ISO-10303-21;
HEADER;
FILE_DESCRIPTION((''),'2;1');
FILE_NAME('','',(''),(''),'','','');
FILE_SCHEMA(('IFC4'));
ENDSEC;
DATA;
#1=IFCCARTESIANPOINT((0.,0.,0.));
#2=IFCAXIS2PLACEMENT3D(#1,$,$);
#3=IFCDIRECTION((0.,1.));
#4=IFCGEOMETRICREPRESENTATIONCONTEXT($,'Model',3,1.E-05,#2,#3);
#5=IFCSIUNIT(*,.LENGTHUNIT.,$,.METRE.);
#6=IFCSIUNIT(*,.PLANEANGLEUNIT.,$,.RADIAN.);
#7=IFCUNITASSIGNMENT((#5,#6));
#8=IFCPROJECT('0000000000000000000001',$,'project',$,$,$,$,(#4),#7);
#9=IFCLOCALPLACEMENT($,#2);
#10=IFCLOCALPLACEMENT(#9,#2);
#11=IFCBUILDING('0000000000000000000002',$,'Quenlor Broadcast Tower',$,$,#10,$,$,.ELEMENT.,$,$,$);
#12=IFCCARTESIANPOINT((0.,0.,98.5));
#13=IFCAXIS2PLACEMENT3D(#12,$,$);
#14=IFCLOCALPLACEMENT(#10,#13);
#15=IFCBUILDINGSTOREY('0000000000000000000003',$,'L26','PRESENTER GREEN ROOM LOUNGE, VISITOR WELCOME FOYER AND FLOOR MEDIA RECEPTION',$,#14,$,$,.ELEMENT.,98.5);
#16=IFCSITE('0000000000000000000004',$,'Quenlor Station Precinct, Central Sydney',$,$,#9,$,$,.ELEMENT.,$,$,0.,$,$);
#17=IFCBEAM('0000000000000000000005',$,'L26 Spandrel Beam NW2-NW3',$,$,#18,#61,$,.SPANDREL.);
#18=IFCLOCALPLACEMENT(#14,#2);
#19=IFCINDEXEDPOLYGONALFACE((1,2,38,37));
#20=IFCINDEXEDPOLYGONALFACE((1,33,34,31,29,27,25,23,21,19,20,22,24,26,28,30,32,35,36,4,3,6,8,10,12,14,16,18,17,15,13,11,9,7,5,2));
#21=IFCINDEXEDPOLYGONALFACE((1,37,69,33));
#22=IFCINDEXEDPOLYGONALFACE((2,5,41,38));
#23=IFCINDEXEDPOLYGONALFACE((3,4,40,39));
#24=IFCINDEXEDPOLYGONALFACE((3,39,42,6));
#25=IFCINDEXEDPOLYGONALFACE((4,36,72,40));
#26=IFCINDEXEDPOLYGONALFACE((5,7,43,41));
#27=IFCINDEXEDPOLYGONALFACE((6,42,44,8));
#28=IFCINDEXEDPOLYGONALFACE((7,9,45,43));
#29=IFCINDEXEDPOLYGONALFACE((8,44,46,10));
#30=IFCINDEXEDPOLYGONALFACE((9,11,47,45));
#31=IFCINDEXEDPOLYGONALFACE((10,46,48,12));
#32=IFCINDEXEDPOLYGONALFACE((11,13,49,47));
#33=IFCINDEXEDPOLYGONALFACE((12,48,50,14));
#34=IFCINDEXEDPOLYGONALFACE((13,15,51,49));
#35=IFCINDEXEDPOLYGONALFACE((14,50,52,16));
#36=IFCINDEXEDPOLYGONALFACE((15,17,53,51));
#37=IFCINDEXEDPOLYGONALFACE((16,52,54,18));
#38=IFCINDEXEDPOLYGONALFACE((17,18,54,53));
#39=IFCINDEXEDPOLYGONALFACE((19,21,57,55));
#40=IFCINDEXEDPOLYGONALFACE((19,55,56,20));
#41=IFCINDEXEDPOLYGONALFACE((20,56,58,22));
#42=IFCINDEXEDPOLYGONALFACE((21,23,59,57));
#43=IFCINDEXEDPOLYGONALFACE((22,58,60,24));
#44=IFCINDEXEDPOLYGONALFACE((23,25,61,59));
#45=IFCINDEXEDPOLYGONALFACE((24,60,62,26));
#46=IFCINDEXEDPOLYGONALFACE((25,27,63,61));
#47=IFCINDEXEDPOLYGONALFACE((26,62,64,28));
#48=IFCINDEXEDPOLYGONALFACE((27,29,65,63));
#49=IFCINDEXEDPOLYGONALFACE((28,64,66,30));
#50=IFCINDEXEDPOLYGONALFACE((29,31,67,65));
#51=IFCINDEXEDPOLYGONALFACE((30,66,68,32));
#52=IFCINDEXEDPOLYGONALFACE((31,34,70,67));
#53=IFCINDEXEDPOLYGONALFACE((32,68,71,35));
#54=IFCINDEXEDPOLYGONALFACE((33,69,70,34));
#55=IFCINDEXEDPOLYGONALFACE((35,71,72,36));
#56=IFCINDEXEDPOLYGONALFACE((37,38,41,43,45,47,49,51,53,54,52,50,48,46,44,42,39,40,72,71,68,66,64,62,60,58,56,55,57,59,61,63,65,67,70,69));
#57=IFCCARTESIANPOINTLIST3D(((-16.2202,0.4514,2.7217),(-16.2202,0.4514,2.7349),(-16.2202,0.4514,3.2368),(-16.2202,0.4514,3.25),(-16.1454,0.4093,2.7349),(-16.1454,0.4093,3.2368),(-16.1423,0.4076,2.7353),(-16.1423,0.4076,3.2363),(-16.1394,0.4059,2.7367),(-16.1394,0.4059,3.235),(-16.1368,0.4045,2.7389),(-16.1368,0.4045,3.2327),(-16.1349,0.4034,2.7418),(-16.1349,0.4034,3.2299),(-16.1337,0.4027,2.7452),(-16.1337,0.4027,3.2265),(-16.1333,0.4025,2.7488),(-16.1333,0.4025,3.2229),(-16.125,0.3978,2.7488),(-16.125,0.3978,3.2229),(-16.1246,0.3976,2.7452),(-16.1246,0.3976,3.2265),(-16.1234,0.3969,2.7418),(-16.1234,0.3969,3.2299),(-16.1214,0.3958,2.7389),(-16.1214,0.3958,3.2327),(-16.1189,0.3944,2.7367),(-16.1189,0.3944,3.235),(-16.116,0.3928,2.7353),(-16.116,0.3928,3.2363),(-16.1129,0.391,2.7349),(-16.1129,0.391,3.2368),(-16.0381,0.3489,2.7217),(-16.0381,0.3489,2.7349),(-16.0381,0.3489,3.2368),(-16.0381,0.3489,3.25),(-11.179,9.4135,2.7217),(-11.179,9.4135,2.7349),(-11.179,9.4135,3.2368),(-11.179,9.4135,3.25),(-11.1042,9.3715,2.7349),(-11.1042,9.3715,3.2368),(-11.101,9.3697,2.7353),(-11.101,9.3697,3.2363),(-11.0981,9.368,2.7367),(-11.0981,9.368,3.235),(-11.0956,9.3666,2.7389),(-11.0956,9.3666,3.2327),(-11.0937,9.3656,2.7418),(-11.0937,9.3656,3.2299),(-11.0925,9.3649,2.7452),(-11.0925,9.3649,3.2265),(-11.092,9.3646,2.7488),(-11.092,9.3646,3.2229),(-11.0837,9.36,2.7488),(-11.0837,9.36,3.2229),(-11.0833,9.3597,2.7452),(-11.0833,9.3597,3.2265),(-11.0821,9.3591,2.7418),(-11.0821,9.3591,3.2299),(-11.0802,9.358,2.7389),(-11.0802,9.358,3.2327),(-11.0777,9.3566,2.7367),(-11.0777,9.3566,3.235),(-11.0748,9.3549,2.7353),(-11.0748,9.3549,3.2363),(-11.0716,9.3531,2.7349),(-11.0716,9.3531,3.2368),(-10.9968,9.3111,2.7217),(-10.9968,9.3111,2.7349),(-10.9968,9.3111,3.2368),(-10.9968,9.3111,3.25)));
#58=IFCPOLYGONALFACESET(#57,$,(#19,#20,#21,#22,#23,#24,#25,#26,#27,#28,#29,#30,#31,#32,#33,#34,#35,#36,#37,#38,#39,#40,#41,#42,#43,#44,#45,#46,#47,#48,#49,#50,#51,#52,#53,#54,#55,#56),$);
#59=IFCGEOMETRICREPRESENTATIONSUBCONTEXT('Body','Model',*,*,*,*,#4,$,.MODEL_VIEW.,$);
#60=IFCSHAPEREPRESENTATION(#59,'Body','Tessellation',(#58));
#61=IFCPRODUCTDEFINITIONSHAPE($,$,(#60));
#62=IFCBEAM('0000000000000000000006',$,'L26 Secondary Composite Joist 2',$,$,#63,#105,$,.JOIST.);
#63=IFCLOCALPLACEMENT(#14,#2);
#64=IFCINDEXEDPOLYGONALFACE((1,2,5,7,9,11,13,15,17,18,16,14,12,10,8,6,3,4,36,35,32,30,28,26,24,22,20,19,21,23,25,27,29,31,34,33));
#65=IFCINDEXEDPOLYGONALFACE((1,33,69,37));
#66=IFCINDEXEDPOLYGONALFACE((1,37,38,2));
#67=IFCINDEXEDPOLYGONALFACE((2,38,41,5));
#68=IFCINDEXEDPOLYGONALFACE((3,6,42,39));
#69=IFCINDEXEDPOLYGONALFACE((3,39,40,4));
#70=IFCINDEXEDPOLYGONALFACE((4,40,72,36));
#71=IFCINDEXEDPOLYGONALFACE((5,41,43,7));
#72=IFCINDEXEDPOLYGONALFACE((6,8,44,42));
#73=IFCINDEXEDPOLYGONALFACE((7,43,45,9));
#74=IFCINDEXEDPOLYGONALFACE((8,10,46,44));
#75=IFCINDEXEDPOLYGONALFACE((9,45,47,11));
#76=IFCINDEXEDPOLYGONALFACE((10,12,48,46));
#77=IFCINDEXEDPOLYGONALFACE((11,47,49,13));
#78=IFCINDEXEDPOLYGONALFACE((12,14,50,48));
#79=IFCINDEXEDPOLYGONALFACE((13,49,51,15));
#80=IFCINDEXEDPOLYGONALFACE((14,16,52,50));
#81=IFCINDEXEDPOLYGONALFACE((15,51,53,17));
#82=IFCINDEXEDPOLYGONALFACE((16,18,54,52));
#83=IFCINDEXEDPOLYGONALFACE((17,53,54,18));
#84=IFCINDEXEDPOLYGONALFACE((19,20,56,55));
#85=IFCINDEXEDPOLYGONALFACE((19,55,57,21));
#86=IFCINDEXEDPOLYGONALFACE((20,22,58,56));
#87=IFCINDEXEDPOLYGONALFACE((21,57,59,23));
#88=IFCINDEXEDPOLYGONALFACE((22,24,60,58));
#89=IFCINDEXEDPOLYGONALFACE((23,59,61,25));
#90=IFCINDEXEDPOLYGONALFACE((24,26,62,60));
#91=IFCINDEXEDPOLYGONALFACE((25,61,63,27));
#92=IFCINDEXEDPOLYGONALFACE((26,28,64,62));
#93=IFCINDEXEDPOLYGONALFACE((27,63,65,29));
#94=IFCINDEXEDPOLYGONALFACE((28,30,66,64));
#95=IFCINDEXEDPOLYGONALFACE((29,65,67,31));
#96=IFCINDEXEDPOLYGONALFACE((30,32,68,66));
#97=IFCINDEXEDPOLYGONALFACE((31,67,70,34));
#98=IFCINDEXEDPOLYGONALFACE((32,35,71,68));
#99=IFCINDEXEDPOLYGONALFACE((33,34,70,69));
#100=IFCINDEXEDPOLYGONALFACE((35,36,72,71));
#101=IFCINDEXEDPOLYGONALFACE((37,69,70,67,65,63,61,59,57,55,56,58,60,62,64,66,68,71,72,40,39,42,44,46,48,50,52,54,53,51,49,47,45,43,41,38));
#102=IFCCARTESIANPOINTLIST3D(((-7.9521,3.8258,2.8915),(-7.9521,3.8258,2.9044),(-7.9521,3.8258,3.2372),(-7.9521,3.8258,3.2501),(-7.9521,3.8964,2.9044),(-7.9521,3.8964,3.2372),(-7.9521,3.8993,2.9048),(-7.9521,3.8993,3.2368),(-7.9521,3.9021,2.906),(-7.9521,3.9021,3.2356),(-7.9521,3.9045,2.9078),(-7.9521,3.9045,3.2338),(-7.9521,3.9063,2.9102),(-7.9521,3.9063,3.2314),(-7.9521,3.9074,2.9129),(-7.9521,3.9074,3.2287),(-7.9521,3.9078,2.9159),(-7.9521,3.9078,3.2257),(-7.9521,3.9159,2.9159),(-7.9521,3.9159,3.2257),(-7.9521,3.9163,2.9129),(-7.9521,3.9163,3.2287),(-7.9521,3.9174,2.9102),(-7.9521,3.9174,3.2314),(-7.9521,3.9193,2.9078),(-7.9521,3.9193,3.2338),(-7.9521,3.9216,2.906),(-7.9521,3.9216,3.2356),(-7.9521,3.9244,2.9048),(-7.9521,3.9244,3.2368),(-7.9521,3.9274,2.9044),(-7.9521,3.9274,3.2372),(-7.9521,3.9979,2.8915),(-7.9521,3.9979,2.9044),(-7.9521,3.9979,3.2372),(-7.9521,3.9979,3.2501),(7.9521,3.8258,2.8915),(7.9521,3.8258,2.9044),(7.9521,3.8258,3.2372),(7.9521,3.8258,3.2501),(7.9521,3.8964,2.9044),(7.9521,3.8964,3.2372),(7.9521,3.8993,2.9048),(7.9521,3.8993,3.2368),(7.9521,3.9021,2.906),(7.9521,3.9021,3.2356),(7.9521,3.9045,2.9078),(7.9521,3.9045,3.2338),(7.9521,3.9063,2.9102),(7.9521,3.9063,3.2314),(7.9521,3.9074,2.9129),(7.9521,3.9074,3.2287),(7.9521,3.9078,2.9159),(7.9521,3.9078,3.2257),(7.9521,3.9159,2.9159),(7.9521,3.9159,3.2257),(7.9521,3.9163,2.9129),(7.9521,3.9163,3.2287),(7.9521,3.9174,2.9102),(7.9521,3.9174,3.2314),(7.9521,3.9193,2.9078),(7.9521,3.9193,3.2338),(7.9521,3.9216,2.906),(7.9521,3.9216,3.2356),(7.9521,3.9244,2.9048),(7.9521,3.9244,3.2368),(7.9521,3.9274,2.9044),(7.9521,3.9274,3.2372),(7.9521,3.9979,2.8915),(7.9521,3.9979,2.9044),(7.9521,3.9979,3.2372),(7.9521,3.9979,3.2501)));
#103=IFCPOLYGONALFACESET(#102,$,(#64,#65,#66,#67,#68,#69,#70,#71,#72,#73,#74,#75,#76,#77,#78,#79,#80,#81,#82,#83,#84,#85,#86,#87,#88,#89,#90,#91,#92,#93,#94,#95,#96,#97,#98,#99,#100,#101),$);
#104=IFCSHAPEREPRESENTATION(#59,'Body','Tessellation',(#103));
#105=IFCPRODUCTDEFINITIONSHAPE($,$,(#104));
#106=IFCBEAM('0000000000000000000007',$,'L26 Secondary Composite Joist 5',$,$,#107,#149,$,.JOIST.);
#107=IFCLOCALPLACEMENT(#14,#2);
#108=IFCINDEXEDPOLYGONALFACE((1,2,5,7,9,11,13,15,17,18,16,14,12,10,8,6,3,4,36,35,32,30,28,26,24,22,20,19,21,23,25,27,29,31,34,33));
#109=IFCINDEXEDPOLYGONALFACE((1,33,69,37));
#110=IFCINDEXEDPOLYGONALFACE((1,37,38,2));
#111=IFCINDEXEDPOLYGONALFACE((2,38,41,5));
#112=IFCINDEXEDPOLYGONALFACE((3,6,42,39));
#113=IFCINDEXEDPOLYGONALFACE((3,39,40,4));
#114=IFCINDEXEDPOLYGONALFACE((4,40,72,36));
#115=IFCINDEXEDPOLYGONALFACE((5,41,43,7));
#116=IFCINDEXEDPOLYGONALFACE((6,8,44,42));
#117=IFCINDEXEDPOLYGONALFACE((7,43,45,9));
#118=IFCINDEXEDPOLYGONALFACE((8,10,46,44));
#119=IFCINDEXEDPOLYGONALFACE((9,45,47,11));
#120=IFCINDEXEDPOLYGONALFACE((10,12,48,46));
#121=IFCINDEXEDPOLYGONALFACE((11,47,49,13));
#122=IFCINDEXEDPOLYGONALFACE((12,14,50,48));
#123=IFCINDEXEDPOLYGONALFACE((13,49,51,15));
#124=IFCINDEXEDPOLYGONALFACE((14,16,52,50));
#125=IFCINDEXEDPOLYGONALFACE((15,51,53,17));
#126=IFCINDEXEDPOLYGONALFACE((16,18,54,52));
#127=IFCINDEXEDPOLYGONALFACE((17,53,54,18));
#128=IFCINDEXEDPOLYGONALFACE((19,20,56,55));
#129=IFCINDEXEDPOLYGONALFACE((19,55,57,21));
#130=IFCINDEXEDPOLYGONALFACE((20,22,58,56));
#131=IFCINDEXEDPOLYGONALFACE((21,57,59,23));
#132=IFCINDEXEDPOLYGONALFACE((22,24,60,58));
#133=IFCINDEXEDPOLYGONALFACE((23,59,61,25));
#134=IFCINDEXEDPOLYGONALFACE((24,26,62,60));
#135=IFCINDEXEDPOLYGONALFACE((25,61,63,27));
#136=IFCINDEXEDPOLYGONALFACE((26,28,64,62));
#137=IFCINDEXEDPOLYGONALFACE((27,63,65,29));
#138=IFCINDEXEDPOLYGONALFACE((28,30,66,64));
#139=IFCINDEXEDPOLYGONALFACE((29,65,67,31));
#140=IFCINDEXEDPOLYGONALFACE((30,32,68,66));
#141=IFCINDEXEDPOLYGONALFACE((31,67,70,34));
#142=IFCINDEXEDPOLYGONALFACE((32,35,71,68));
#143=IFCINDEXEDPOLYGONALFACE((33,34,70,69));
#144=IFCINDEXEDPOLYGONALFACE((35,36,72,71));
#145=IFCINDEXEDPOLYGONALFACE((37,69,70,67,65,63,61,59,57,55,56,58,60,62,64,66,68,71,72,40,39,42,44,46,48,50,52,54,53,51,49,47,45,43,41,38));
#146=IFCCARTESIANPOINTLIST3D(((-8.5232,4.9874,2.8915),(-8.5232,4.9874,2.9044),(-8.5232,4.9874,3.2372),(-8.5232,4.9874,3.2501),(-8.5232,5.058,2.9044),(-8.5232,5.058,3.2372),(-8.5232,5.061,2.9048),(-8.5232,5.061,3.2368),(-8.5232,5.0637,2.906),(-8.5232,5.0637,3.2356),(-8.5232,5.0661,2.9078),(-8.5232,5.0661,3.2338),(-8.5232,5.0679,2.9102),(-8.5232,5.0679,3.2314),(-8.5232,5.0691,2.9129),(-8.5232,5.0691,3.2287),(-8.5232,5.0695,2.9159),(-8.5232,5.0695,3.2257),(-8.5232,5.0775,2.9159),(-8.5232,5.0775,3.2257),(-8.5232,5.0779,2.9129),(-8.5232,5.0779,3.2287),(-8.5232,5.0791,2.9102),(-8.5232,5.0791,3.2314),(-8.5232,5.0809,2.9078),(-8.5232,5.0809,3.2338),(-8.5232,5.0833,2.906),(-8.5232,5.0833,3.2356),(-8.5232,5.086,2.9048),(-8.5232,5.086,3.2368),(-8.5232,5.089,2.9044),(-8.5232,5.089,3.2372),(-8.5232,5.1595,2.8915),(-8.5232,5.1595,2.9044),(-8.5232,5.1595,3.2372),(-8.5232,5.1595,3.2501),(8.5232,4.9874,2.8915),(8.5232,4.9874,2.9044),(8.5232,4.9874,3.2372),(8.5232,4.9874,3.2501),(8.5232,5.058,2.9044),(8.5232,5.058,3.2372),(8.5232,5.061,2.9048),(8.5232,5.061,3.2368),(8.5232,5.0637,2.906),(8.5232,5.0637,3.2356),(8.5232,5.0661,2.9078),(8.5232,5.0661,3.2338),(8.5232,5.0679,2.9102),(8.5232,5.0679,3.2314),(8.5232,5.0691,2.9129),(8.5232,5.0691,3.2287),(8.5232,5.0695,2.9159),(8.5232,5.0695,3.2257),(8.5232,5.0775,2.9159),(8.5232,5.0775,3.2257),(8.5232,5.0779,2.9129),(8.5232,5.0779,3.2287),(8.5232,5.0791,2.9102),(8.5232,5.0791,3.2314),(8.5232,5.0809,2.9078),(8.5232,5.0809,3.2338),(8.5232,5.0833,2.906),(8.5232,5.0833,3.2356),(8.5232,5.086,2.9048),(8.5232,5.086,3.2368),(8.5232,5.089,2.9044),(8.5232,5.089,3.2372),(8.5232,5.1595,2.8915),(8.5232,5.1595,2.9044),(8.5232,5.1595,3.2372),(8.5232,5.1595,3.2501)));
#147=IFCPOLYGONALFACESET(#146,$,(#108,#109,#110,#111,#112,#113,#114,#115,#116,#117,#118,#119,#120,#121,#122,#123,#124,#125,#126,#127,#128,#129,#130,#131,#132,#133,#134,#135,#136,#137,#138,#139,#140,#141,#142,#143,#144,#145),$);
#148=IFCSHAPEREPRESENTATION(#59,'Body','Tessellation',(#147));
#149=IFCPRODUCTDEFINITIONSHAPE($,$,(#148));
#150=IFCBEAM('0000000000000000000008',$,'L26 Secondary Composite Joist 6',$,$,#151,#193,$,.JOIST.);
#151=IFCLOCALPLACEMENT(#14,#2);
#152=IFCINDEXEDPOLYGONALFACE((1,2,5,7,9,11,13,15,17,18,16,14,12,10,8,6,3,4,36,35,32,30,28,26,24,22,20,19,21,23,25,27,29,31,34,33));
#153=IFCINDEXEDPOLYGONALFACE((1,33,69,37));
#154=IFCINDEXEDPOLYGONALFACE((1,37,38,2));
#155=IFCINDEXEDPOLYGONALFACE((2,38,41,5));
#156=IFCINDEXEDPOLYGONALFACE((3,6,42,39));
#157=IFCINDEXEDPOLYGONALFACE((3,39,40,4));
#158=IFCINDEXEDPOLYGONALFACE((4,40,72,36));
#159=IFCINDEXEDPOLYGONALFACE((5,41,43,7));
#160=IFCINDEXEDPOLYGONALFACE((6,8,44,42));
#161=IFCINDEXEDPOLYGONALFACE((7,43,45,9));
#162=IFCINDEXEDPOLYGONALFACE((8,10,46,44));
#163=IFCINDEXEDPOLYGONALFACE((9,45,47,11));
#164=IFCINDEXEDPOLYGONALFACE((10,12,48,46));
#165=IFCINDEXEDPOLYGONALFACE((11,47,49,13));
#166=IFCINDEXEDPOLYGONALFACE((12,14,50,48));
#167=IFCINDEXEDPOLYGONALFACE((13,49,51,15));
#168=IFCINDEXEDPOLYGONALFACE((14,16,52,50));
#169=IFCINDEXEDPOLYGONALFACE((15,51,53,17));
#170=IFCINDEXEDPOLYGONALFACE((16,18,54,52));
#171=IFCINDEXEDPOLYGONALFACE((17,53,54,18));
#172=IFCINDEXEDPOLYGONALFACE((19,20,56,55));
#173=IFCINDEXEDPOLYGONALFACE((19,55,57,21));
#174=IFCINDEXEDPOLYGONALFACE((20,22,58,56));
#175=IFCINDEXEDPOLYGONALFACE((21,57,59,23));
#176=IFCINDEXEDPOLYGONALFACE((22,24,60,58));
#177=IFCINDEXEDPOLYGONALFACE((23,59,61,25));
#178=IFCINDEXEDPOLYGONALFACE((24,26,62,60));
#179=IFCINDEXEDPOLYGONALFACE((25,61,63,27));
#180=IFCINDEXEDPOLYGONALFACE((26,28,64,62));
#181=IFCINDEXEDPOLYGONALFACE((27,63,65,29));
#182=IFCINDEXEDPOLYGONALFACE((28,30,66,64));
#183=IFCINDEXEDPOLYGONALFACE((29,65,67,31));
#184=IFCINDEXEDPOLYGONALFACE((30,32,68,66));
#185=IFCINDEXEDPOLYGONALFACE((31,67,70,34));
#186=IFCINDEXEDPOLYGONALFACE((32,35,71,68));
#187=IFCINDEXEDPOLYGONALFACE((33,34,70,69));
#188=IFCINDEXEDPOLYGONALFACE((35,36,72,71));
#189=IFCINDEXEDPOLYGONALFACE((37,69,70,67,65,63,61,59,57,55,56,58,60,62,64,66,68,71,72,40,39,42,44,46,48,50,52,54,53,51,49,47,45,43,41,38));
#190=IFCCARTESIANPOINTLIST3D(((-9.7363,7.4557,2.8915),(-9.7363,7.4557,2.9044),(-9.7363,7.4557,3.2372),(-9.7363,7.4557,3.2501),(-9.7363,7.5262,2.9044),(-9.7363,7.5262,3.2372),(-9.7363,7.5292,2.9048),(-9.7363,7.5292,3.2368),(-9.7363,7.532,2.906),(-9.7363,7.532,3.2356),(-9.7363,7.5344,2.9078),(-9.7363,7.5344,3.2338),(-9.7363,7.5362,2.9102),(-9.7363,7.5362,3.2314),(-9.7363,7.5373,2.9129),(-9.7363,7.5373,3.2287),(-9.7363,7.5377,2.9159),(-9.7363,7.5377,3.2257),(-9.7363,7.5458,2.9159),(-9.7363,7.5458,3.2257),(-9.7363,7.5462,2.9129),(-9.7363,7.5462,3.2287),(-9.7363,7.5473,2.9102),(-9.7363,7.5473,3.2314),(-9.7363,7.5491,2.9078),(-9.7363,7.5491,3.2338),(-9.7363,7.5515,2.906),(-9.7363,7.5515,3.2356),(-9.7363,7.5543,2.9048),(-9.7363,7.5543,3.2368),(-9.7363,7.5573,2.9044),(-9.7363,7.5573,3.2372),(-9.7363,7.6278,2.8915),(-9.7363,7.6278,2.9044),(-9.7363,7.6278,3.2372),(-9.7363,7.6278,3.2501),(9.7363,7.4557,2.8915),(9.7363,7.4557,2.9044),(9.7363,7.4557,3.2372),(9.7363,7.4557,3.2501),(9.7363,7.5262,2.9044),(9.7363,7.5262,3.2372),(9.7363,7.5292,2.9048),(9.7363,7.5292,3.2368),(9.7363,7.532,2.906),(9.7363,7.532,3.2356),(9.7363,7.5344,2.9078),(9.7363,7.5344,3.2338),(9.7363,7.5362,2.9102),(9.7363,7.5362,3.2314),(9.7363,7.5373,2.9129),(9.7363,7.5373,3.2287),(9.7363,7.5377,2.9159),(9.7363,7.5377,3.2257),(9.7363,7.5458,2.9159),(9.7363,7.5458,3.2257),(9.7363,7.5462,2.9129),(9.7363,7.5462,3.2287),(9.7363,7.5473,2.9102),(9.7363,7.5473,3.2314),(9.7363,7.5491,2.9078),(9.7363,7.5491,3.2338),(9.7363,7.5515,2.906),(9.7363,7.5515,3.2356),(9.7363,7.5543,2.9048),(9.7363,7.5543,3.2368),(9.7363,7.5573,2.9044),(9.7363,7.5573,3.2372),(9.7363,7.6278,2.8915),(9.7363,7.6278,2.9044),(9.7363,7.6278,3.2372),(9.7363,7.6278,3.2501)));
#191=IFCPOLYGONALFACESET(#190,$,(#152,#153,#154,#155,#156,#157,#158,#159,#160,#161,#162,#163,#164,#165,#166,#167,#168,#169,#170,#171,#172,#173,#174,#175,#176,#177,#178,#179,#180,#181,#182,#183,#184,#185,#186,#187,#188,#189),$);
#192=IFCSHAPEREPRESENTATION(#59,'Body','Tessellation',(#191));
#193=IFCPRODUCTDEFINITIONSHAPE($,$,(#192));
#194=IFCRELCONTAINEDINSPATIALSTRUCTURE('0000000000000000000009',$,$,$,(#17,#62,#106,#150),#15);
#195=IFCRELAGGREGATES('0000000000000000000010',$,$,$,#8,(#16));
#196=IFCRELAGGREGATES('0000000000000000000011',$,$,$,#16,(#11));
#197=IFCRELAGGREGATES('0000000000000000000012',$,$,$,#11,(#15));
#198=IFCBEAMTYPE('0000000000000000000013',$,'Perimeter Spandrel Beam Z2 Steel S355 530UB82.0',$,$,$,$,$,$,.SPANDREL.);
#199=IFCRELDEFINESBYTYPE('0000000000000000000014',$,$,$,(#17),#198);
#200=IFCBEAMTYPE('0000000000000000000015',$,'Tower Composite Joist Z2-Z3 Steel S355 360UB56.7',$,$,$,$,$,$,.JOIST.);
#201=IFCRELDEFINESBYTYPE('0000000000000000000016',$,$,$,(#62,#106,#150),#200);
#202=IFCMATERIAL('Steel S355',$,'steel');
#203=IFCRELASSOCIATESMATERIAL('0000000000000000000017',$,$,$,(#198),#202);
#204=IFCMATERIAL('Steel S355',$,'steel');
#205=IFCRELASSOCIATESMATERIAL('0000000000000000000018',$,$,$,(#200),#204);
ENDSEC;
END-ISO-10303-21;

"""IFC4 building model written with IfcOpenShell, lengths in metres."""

from ifc_helpers import new_model, si_unit, direction, frame, origin, origin_2d, place, context, subcontext, project, spatial, i_section, extrude, material, material_profile, profile_set, type_object, element, save


model = new_model("IFC4")

# Units and contexts
model_context = context("Model", 3, precision=1e-05, world=origin(), true_north=direction((0.0, 1.0)))
body_context = subcontext(model_context, "Body", "Model", "MODEL_VIEW")
ifc_project = project(units=[si_unit("LENGTHUNIT", "METRE"), si_unit("PLANEANGLEUNIT", "RADIAN")], contexts=[model_context])

# Site, building, storey
site_placement = place(None, origin())
site = spatial("IfcSite", under=ifc_project, at=site_placement, Name="Quenlor Station Precinct, Central Sydney", CompositionType="ELEMENT", RefElevation=0.0)
building_placement = place(site_placement, origin())
building = spatial("IfcBuilding", under=site, at=building_placement, Name="Quenlor Broadcast Tower", CompositionType="ELEMENT")
storey_placement = place(building_placement, frame((0.0, 0.0, 98.5)))
storey = spatial("IfcBuildingStorey", under=building, at=storey_placement, Name="L26", Description="PRESENTER GREEN ROOM LOUNGE, VISITOR WELCOME FOYER AND FLOOR MEDIA RECEPTION", CompositionType="ELEMENT", Elevation=98.5)

# Beams
ifc_material_1 = material(Name="Steel S355", Category="steel")
ifc_material_profile_1 = material_profile(ifc_material_1, i_section(OverallWidth=0.209, OverallDepth=0.5283, WebThickness=0.0095, FlangeThickness=0.0132, FilletRadius=0.0139, at=origin_2d()))
ifc_profile_set_1 = profile_set([ifc_material_profile_1], Name="Steel S355 530UB82.0")
beam_type_1 = type_object("IfcBeamType", Name="Perimeter Spandrel Beam Z2 Steel S355 530UB82.0", PredefinedType="SPANDREL", material=ifc_profile_set_1)
beam_1_placement = place(storey_placement, frame((-11.0879, 9.3623, 2.9858), z_axis=(-0.490265, -0.871574, 0.0), x_axis=(0.871574, -0.490265, 0.0)))
element("IfcBeam", 1, at=beam_1_placement, inside=storey, type_object=beam_type_1, Name="L26 Spandrel Beam NW2-NW3", PredefinedType="SPANDREL", context=body_context, shape_type="SweptSolid", body=[
    extrude(i_section(OverallWidth=0.209, OverallDepth=0.5283, WebThickness=0.0095, FlangeThickness=0.0132, FilletRadius=0.0139, at=origin_2d()), origin(), (0.0, 0.0, 1.0), 10.2827),
])
ifc_material_2 = material(Name="Steel S355", Category="steel")
ifc_material_profile_2 = material_profile(ifc_material_2, i_section(OverallWidth=0.1721, OverallDepth=0.3586, WebThickness=0.0081, FlangeThickness=0.0129, FilletRadius=0.0115, at=origin_2d()))
ifc_profile_set_2 = profile_set([ifc_material_profile_2], Name="Steel S355 360UB56.7")
beam_type_2 = type_object("IfcBeamType", Name="Tower Composite Joist Z2-Z3 Steel S355 360UB56.7", PredefinedType="JOIST", material=ifc_profile_set_2)
beam_2_placement = place(storey_placement, frame((-7.9521, 3.9119, 3.0708), z_axis=(1.0, 0.0, 0.0), x_axis=(0.0, 1.0, 0.0)))
element("IfcBeam", 2, at=beam_2_placement, inside=storey, type_object=beam_type_2, Name="L26 Secondary Composite Joist 2", PredefinedType="JOIST", context=body_context, shape_type="SweptSolid", body=[
    extrude(i_section(OverallWidth=0.1721, OverallDepth=0.3586, WebThickness=0.0081, FlangeThickness=0.0129, FilletRadius=0.0115, at=origin_2d()), origin(), (0.0, 0.0, 1.0), 15.9043),
])
beam_3_placement = place(storey_placement, frame((-8.5232, 5.0735, 3.0708), z_axis=(1.0, 0.0, 0.0), x_axis=(0.0, 1.0, 0.0)))
element("IfcBeam", 3, at=beam_3_placement, inside=storey, type_object=beam_type_2, Name="L26 Secondary Composite Joist 5", PredefinedType="JOIST", context=body_context, shape_type="SweptSolid", body=[
    extrude(i_section(OverallWidth=0.1721, OverallDepth=0.3586, WebThickness=0.0081, FlangeThickness=0.0129, FilletRadius=0.0115, at=origin_2d()), origin(), (0.0, 0.0, 1.0), 17.0464),
])
beam_4_placement = place(storey_placement, frame((-9.7363, 7.5417, 3.0708), z_axis=(1.0, 0.0, 0.0), x_axis=(0.0, 1.0, 0.0)))
element("IfcBeam", 4, at=beam_4_placement, inside=storey, type_object=beam_type_2, Name="L26 Secondary Composite Joist 6", PredefinedType="JOIST", context=body_context, shape_type="SweptSolid", body=[
    extrude(i_section(OverallWidth=0.1721, OverallDepth=0.3586, WebThickness=0.0081, FlangeThickness=0.0129, FilletRadius=0.0115, at=origin_2d()), origin(), (0.0, 0.0, 1.0), 19.4727),
])

save(model, "model.ifc")
